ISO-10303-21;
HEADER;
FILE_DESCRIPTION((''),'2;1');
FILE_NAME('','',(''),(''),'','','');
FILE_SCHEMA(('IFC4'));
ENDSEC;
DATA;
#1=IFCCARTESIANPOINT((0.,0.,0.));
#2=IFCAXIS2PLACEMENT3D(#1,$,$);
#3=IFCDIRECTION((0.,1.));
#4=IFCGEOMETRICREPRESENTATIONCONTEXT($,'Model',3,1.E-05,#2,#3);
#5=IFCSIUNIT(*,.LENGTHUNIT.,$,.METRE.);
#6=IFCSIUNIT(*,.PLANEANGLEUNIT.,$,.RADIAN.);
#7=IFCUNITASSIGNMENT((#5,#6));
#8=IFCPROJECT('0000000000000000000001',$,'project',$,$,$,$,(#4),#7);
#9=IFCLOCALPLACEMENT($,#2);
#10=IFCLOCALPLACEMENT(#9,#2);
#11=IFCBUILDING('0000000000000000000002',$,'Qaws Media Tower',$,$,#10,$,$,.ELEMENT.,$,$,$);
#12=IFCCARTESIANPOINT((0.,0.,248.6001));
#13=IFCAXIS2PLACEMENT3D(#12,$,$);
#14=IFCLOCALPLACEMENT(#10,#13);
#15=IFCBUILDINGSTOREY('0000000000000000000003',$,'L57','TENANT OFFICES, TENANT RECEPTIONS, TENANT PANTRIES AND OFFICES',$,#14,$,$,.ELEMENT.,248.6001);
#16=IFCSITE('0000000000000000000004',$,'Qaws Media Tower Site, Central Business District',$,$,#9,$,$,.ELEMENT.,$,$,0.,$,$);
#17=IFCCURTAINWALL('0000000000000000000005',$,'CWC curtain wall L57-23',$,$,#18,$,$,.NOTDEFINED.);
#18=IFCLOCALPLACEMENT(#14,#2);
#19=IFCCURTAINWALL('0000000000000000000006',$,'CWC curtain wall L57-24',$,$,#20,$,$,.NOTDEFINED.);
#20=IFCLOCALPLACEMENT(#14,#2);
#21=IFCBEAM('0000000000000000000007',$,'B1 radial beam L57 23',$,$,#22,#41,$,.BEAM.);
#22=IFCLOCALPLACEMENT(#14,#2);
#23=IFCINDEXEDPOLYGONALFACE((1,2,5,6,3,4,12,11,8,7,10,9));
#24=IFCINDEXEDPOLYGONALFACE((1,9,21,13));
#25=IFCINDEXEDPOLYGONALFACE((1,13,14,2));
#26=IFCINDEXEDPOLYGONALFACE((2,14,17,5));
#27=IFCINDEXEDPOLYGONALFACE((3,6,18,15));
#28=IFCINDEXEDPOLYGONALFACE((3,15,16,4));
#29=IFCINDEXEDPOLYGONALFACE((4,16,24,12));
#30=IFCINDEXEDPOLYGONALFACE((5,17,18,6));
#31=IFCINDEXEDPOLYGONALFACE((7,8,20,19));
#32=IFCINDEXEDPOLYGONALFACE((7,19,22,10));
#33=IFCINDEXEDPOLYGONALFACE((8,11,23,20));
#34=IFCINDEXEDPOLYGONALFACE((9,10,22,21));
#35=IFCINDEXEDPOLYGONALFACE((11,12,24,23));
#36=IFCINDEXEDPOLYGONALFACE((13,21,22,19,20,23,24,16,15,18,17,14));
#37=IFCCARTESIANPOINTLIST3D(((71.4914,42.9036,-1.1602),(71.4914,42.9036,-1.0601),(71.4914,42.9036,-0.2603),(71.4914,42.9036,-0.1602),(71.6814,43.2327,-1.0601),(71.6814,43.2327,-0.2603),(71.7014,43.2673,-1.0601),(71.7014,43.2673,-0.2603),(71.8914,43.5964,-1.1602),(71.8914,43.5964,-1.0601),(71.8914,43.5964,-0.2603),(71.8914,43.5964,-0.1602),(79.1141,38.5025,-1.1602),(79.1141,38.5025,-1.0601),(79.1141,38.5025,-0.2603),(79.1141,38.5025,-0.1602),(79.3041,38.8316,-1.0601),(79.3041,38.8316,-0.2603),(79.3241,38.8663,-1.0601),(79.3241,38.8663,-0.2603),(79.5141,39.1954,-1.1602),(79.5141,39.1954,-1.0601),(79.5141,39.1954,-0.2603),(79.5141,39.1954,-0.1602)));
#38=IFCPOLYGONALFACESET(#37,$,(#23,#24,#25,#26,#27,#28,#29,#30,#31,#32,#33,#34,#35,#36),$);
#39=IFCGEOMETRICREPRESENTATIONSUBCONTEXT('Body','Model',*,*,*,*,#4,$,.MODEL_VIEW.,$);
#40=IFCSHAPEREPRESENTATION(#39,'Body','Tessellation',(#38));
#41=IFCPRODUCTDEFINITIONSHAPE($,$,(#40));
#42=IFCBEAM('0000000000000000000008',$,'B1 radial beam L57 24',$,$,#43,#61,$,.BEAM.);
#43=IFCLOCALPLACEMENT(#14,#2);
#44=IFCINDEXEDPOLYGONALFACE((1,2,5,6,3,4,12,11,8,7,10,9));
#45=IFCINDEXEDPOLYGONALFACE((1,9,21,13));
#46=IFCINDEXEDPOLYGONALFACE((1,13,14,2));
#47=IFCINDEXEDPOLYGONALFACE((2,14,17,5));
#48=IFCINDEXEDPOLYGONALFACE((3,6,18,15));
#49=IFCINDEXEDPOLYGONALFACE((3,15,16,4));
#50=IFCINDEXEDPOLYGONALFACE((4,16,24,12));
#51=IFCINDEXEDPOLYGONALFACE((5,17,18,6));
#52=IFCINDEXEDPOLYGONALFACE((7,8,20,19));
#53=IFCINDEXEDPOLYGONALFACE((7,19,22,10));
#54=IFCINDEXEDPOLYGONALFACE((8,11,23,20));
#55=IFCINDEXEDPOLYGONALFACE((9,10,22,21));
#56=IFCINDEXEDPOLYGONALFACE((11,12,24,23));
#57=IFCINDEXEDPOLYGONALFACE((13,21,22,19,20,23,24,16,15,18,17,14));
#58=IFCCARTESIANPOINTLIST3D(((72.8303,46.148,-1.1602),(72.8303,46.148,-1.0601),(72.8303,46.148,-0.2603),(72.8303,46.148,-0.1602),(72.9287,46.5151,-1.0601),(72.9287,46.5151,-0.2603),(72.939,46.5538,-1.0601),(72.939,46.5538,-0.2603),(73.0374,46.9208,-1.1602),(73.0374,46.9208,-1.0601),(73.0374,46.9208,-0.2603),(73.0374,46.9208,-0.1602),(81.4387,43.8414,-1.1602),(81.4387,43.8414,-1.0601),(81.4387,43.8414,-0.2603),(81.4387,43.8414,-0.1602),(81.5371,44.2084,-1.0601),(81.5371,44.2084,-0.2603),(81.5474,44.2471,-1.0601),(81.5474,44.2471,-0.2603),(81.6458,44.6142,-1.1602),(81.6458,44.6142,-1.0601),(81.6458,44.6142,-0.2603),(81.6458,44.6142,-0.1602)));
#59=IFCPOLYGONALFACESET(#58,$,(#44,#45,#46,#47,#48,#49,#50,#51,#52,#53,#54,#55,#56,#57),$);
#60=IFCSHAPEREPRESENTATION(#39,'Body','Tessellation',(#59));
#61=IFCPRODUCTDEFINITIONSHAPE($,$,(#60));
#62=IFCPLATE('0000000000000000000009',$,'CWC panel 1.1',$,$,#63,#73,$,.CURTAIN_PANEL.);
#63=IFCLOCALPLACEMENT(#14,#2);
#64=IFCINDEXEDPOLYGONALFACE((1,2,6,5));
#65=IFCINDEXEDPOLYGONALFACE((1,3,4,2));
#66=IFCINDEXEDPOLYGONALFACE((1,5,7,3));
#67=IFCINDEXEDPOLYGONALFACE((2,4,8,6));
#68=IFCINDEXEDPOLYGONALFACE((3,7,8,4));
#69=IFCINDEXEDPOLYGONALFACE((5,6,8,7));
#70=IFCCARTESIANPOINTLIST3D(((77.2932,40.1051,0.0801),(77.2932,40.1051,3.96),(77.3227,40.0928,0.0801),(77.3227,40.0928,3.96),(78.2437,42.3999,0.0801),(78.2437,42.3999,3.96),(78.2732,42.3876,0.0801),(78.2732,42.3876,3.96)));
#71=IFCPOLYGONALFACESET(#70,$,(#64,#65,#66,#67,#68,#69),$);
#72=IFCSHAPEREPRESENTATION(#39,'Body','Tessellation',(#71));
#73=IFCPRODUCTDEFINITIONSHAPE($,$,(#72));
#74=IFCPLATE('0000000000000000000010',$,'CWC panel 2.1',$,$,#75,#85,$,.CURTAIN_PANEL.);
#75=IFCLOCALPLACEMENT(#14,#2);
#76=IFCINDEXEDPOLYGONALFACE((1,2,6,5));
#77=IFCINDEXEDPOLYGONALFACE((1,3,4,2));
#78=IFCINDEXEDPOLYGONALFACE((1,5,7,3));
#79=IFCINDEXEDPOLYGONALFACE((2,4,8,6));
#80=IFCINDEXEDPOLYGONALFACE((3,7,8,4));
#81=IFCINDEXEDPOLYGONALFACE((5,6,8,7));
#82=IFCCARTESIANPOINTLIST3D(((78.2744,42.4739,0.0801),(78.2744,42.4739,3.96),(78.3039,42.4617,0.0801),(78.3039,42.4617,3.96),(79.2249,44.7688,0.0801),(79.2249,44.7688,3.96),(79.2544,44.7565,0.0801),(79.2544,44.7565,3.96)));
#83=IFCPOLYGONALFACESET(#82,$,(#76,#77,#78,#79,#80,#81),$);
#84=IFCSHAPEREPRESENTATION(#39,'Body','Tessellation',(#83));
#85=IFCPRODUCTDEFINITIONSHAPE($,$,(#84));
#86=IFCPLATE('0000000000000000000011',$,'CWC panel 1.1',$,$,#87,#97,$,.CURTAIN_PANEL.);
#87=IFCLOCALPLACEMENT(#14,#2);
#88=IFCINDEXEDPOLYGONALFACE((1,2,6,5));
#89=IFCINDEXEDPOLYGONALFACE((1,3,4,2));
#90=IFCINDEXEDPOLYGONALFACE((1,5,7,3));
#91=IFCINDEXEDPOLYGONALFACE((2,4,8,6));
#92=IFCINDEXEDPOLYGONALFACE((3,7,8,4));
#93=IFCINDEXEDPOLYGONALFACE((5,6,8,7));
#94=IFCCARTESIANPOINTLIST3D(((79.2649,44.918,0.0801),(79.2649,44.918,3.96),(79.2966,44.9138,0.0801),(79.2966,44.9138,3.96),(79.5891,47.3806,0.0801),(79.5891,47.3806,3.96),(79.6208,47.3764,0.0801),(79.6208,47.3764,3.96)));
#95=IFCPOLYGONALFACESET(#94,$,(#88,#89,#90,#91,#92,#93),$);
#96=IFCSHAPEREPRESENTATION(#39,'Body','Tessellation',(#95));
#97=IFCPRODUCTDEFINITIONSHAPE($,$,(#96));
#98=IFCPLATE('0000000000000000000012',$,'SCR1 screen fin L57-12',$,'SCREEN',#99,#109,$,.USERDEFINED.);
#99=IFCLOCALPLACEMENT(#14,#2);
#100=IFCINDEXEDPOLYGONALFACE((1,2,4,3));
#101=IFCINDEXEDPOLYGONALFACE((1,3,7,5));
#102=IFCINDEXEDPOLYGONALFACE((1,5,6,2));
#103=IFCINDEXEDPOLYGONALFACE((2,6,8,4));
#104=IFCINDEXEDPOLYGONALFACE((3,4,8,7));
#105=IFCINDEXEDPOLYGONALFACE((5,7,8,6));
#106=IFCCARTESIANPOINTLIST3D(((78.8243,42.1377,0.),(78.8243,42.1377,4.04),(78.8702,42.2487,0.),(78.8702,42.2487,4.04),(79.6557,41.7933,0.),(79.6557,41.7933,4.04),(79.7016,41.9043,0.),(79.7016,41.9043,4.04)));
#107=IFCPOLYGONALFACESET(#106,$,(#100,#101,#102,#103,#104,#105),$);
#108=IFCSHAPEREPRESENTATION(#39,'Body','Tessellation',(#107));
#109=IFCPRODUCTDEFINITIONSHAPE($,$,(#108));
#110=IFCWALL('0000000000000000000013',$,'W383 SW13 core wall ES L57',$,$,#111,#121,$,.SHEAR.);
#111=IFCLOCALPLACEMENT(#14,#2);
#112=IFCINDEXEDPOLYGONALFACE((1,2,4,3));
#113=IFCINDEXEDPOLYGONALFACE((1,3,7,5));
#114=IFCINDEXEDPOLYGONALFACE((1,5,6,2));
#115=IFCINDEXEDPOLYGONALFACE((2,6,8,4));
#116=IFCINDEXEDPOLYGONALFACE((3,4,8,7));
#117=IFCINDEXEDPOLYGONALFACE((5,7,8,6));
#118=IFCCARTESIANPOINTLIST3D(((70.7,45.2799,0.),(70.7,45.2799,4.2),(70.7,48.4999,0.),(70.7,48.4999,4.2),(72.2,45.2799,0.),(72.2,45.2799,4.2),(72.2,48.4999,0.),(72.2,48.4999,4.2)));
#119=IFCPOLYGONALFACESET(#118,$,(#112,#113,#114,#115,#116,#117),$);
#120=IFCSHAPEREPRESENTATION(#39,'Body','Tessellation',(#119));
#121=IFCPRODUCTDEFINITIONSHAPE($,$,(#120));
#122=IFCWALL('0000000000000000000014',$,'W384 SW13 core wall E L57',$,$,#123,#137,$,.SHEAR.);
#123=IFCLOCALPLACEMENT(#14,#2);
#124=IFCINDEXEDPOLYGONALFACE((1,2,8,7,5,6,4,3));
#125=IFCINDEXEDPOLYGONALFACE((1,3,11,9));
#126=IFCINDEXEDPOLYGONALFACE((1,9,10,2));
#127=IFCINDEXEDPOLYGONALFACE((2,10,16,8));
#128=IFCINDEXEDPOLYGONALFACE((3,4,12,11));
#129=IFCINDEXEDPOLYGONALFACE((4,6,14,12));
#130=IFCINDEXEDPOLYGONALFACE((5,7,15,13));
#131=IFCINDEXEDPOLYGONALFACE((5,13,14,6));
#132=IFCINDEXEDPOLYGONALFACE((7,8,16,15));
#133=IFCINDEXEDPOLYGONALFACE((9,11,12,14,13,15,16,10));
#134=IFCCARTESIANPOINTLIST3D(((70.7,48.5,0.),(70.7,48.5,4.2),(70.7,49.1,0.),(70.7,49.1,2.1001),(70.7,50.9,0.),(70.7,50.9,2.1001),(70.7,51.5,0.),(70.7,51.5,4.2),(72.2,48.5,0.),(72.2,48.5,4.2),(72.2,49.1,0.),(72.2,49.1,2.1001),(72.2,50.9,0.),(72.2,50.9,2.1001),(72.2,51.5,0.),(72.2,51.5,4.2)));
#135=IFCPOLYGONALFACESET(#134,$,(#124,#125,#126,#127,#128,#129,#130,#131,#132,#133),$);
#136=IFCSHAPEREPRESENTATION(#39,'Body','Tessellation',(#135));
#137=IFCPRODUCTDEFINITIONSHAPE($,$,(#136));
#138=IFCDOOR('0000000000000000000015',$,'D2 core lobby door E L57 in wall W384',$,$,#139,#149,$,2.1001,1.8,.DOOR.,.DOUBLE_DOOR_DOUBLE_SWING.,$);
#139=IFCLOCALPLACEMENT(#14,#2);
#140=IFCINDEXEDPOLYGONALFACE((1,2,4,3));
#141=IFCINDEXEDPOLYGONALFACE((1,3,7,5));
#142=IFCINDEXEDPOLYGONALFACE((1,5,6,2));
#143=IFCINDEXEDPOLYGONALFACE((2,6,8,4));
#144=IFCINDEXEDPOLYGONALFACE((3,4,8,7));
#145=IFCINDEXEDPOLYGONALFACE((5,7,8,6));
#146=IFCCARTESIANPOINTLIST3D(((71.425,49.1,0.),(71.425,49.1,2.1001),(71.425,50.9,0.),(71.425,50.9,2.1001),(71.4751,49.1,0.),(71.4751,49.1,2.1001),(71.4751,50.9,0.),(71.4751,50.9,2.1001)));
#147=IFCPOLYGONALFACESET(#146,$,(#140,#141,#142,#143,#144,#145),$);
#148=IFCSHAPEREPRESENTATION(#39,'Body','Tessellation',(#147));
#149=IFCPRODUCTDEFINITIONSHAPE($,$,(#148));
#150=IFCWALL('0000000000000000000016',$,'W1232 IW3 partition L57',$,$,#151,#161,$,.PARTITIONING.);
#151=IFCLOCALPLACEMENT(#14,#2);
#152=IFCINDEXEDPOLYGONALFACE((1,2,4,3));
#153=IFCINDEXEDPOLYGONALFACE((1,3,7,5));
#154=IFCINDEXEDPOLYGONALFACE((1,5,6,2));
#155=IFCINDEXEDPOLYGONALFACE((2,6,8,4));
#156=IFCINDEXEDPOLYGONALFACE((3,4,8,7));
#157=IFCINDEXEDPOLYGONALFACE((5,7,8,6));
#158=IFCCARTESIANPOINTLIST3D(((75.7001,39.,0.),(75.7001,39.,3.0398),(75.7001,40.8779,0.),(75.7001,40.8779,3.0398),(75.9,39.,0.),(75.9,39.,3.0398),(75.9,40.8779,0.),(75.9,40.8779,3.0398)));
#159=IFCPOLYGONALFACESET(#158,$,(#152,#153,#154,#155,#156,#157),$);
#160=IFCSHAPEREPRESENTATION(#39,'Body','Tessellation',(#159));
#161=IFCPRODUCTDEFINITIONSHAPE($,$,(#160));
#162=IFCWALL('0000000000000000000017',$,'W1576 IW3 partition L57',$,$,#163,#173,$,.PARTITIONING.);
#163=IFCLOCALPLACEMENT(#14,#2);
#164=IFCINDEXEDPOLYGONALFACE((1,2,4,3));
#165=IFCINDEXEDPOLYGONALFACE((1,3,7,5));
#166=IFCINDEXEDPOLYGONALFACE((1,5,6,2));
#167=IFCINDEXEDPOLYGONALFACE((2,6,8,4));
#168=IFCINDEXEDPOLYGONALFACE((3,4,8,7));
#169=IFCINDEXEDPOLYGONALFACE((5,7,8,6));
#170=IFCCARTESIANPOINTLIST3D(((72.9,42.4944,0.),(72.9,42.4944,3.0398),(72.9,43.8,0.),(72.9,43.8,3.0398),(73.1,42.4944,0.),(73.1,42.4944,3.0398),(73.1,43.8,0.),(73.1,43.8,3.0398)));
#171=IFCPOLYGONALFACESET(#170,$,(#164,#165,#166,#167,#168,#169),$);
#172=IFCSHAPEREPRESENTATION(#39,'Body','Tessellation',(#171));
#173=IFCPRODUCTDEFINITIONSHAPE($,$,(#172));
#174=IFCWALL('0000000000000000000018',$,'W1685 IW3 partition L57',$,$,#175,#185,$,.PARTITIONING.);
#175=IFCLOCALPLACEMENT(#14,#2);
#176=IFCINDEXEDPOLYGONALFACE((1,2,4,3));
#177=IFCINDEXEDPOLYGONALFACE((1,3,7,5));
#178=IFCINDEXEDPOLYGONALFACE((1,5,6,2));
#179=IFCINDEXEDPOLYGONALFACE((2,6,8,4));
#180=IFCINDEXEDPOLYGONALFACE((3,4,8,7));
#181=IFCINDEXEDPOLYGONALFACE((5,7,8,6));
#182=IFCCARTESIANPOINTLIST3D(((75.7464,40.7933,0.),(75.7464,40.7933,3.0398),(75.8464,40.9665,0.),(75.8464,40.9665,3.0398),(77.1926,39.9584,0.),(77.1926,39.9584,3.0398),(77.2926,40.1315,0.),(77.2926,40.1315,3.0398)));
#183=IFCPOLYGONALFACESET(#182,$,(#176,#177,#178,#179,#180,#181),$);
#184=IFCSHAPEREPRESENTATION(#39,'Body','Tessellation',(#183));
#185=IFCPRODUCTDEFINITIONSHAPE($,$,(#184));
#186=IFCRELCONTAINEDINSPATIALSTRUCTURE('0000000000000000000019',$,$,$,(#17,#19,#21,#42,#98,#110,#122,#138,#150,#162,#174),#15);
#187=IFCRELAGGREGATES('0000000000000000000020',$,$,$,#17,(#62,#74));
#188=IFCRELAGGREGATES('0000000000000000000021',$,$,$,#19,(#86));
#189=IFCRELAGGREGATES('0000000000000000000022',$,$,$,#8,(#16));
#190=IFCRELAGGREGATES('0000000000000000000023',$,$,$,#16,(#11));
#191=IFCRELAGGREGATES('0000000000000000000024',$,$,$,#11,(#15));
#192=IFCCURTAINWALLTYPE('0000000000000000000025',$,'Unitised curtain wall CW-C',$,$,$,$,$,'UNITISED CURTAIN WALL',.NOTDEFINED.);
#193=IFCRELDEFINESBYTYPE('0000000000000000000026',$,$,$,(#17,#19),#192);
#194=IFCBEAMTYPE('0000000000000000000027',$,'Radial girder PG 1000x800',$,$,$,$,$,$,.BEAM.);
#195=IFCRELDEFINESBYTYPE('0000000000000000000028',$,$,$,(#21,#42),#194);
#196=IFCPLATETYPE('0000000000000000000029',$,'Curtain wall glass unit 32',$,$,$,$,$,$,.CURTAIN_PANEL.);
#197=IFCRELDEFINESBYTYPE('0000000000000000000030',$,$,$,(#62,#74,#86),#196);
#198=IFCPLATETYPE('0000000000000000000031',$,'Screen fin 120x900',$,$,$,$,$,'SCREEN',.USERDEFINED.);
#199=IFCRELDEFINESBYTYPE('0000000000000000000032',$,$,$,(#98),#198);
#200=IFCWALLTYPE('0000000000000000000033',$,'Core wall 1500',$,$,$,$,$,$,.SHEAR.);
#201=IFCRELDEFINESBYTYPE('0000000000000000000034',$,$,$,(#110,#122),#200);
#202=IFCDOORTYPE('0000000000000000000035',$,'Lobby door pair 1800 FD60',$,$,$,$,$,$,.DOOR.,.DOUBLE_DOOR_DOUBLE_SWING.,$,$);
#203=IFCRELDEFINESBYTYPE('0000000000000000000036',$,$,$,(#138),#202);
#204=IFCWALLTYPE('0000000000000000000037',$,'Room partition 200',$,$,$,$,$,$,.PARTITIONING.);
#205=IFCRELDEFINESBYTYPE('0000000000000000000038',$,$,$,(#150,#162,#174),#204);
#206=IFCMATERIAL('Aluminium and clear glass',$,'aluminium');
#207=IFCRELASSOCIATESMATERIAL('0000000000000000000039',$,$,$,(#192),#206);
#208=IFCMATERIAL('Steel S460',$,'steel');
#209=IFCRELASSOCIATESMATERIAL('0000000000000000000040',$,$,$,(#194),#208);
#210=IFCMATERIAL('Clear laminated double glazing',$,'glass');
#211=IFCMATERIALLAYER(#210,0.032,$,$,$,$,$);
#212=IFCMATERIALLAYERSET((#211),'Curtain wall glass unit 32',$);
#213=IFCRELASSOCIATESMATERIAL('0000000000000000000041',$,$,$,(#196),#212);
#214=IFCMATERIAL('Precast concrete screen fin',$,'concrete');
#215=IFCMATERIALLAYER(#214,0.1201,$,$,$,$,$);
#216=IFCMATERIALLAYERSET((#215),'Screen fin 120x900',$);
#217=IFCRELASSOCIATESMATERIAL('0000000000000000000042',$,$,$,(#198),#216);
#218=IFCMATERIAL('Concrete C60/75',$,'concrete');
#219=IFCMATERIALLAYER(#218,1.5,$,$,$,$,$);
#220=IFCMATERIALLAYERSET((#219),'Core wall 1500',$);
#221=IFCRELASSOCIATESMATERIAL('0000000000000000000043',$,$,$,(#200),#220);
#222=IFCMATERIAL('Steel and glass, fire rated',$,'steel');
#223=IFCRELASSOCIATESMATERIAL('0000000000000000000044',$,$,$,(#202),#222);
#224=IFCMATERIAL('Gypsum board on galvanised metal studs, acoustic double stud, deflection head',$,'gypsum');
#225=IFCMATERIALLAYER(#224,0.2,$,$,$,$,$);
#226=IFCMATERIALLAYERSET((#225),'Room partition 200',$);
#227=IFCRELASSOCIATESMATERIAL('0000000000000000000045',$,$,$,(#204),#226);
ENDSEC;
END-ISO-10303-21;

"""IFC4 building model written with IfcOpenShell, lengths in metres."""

from ifc_helpers import new_model, si_unit, direction, frame, frame_2d, origin, origin_2d, place, context, subcontext, project, spatial, rectangle, i_section, extrude, material, layer, layer_set, material_profile, profile_set, type_object, element, fill, aggregate, save


model = new_model("IFC4")

# Units and contexts
model_context = context("Model", 3, precision=1e-05, world=origin(), true_north=direction((0.0, 1.0)))
body_context = subcontext(model_context, "Body", "Model", "MODEL_VIEW")
ifc_project = project(units=[si_unit("LENGTHUNIT", "METRE"), si_unit("PLANEANGLEUNIT", "RADIAN")], contexts=[model_context])

# Site, building, storey
site_placement = place(None, origin())
site = spatial("IfcSite", under=ifc_project, at=site_placement, Name="Qaws Media Tower Site, Central Business District", CompositionType="ELEMENT", RefElevation=0.0)
building_placement = place(site_placement, origin())
building = spatial("IfcBuilding", under=site, at=building_placement, Name="Qaws Media Tower", CompositionType="ELEMENT")
storey_placement = place(building_placement, frame((0.0, 0.0, 248.6001)))
storey = spatial("IfcBuildingStorey", under=building, at=storey_placement, Name="L57", Description="TENANT OFFICES, TENANT RECEPTIONS, TENANT PANTRIES AND OFFICES", CompositionType="ELEMENT", Elevation=248.6001)

# Curtain walls
ifc_material_1 = material(Name="Aluminium and clear glass", Category="aluminium")
curtain_wall_type = type_object("IfcCurtainWallType", Name="Unitised curtain wall CW-C", ElementType="UNITISED CURTAIN WALL", PredefinedType="NOTDEFINED", material=ifc_material_1)
curtain_wall_1_placement = place(storey_placement, origin())
curtain_wall_1 = element("IfcCurtainWall", 1, at=curtain_wall_1_placement, inside=storey, type_object=curtain_wall_type, Name="CWC curtain wall L57-23", PredefinedType="NOTDEFINED")
curtain_wall_2_placement = place(storey_placement, origin())
curtain_wall_2 = element("IfcCurtainWall", 2, at=curtain_wall_2_placement, inside=storey, type_object=curtain_wall_type, Name="CWC curtain wall L57-24", PredefinedType="NOTDEFINED")

# Beams
ifc_material_2 = material(Name="Steel S460", Category="steel")
ifc_material_profile_1 = material_profile(ifc_material_2, i_section(OverallWidth=0.8, OverallDepth=1.0, WebThickness=0.04, FlangeThickness=0.1001, at=origin_2d()), Name="PG 1000x800")
ifc_profile_set_1 = profile_set([ifc_material_profile_1], Name="Steel S460")
beam_type_1 = type_object("IfcBeamType", Name="Radial girder PG 1000x800", PredefinedType="BEAM", material=ifc_profile_set_1)
beam_1_placement = place(storey_placement, frame((71.6914, 43.25, -0.6602), z_axis=(0.866021, -0.500008, 0.0), x_axis=(0.500008, 0.866021, 0.0)))
element("IfcBeam", 3, at=beam_1_placement, inside=storey, type_object=beam_type_1, Name="B1 radial beam L57 23", PredefinedType="BEAM", context=body_context, shape_type="SweptSolid", body=[
    extrude(i_section(OverallWidth=0.8, OverallDepth=1.0, WebThickness=0.04, FlangeThickness=0.1001, at=origin_2d()), origin(), (0.0, 0.0, 1.0), 8.802),
])
beam_2_placement = place(storey_placement, frame((72.9338, 46.5344, -0.6602), z_axis=(0.965925, -0.258822, 0.0), x_axis=(0.258822, 0.965925, 0.0)))
element("IfcBeam", 4, at=beam_2_placement, inside=storey, type_object=beam_type_1, Name="B1 radial beam L57 24", PredefinedType="BEAM", context=body_context, shape_type="SweptSolid", body=[
    extrude(i_section(OverallWidth=0.8, OverallDepth=1.0, WebThickness=0.04, FlangeThickness=0.1001, at=origin_2d()), origin(), (0.0, 0.0, 1.0), 8.9121),
])

# Plates
ifc_material_3 = material(Name="Clear laminated double glazing", Category="glass")
ifc_layer_1 = layer(ifc_material_3, 0.032)
ifc_layer_set_1 = layer_set([ifc_layer_1], Name="Curtain wall glass unit 32")
plate_type_1 = type_object("IfcPlateType", Name="Curtain wall glass unit 32", PredefinedType="CURTAIN_PANEL", material=ifc_layer_set_1)
plate_1_placement = place(storey_placement, frame((77.7832, 41.2463, 0.0801), z_axis=(0.0, 0.0, 1.0), x_axis=(0.382683, 0.92388, 0.0)))
plate_1 = element("IfcPlate", 5, at=plate_1_placement, type_object=plate_type_1, Name="CWC panel 1.1", PredefinedType="CURTAIN_PANEL", context=body_context, shape_type="SweptSolid", body=[
    extrude(rectangle(XDim=2.4839, YDim=0.032, at=origin_2d()), origin(), (0.0, 0.0, 1.0), 3.8799),
])
plate_2_placement = place(storey_placement, frame((78.7644, 43.6152, 0.0801), z_axis=(0.0, 0.0, 1.0), x_axis=(0.382683, 0.92388, 0.0)))
plate_2 = element("IfcPlate", 6, at=plate_2_placement, type_object=plate_type_1, Name="CWC panel 2.1", PredefinedType="CURTAIN_PANEL", context=body_context, shape_type="SweptSolid", body=[
    extrude(rectangle(XDim=2.4839, YDim=0.032, at=origin_2d()), origin(), (0.0, 0.0, 1.0), 3.8799),
])
aggregate(curtain_wall_1, [plate_1, plate_2])
plate_3_placement = place(storey_placement, frame((79.4429, 46.1472, 0.0801), z_axis=(0.0, 0.0, 1.0), x_axis=(0.130526, 0.991445, 0.0)))
plate_3 = element("IfcPlate", 7, at=plate_3_placement, type_object=plate_type_1, Name="CWC panel 1.1", PredefinedType="CURTAIN_PANEL", context=body_context, shape_type="SweptSolid", body=[
    extrude(rectangle(XDim=2.4839, YDim=0.032, at=origin_2d()), origin(), (0.0, 0.0, 1.0), 3.8799),
])
aggregate(curtain_wall_2, [plate_3])
ifc_material_4 = material(Name="Precast concrete screen fin", Category="concrete")
ifc_layer_2 = layer(ifc_material_4, 0.1201)
ifc_layer_set_2 = layer_set([ifc_layer_2], Name="Screen fin 120x900")
plate_type_2 = type_object("IfcPlateType", Name="Screen fin 120x900", ElementType="SCREEN", PredefinedType="USERDEFINED", material=ifc_layer_set_2)
plate_4_placement = place(storey_placement, frame((79.2629, 42.021, 0.0), z_axis=(0.0, 0.0, 1.0), x_axis=(0.92388, -0.382683, 0.0)))
element("IfcPlate", 8, at=plate_4_placement, inside=storey, type_object=plate_type_2, Name="SCR1 screen fin L57-12", ObjectType="SCREEN", PredefinedType="USERDEFINED", context=body_context, shape_type="SweptSolid", body=[
    extrude(rectangle(XDim=0.8999, YDim=0.1201, at=origin_2d()), origin(), (0.0, 0.0, 1.0), 4.04),
])

# Wall
ifc_material_5 = material(Name="Concrete C60/75", Category="concrete")
ifc_layer_3 = layer(ifc_material_5, 1.5)
ifc_layer_set_3 = layer_set([ifc_layer_3], Name="Core wall 1500")
wall_type_1 = type_object("IfcWallType", Name="Core wall 1500", PredefinedType="SHEAR", material=ifc_layer_set_3)
wall_1_placement = place(storey_placement, frame((71.45, 45.28, 0.0), z_axis=(0.0, 0.0, 1.0), x_axis=(0.0, 1.0, 0.0)))
element("IfcWall", 9, at=wall_1_placement, inside=storey, type_object=wall_type_1, Name="W383 SW13 core wall ES L57", PredefinedType="SHEAR", context=body_context, shape_type="SweptSolid", body=[
    extrude(rectangle(XDim=3.22, YDim=1.5, at=frame_2d((1.6099, 0.0))), origin(), (0.0, 0.0, 1.0), 4.2),
])

# Wall, opening, door
wall_2_placement = place(storey_placement, frame((71.45, 48.5, 0.0), z_axis=(0.0, 0.0, 1.0), x_axis=(0.0, 1.0, 0.0)))
wall_2 = element("IfcWall", 10, at=wall_2_placement, inside=storey, type_object=wall_type_1, Name="W384 SW13 core wall E L57", PredefinedType="SHEAR", context=body_context, shape_type="SweptSolid", body=[
    extrude(rectangle(XDim=3.0, YDim=1.5, at=frame_2d((1.5, 0.0))), origin(), (0.0, 0.0, 1.0), 4.2),
])
opening_1_placement = place(wall_2_placement, frame((0.6001, 0.0, 0.0)))
opening_1 = element("IfcOpeningElement", 11, at=opening_1_placement, cuts=wall_2, PredefinedType="OPENING", context=body_context, shape_type="SweptSolid", body=[
    extrude(rectangle(XDim=1.8, YDim=2.1001, at=frame_2d((0.8999, 1.05))), frame((0.0, 0.76, 0.0), z_axis=(0.0, -1.0, 0.0), x_axis=(1.0, 0.0, 0.0)), (0.0, 0.0, 1.0), 1.52),
])
ifc_material_6 = material(Name="Steel and glass, fire rated", Category="steel")
door_type_1 = type_object("IfcDoorType", Name="Lobby door pair 1800 FD60", OperationType="DOUBLE_DOOR_DOUBLE_SWING", PredefinedType="DOOR", material=ifc_material_6)
door_1_placement = place(opening_1_placement, origin())
door_1 = element("IfcDoor", 12, at=door_1_placement, inside=storey, type_object=door_type_1, Name="D2 core lobby door E L57 in wall W384", OperationType="DOUBLE_DOOR_DOUBLE_SWING", OverallHeight=2.1001, OverallWidth=1.8, PredefinedType="DOOR", context=body_context, shape_type="SweptSolid", body=[
    extrude(rectangle(XDim=1.8, YDim=2.1001, at=frame_2d((0.8999, 1.05))), frame((0.0, 0.0249, 0.0), z_axis=(0.0, -1.0, 0.0), x_axis=(1.0, 0.0, 0.0)), (0.0, 0.0, 1.0), 0.05),
])
fill(opening_1, door_1)
ifc_material_7 = material(Name="Gypsum board on galvanised metal studs, acoustic double stud, deflection head", Category="gypsum")
ifc_layer_4 = layer(ifc_material_7, 0.2)
ifc_layer_set_4 = layer_set([ifc_layer_4], Name="Room partition 200")
wall_type_2 = type_object("IfcWallType", Name="Room partition 200", PredefinedType="PARTITIONING", material=ifc_layer_set_4)

# Walls
wall_3_placement = place(storey_placement, frame((75.8, 40.8779, 0.0), z_axis=(0.0, 0.0, 1.0), x_axis=(0.0, -1.0, 0.0)))
element("IfcWall", 13, at=wall_3_placement, inside=storey, type_object=wall_type_2, Name="W1232 IW3 partition L57", PredefinedType="PARTITIONING", context=body_context, shape_type="SweptSolid", body=[
    extrude(rectangle(XDim=1.8779, YDim=0.2, at=frame_2d((0.939, 0.0))), origin(), (0.0, 0.0, 1.0), 3.0398),
])
wall_4_placement = place(storey_placement, frame((73.0, 42.4944, 0.0), z_axis=(0.0, 0.0, 1.0), x_axis=(0.0, 1.0, 0.0)))
element("IfcWall", 14, at=wall_4_placement, inside=storey, type_object=wall_type_2, Name="W1576 IW3 partition L57", PredefinedType="PARTITIONING", context=body_context, shape_type="SweptSolid", body=[
    extrude(rectangle(XDim=1.3057, YDim=0.2, at=frame_2d((0.6528, 0.0))), origin(), (0.0, 0.0, 1.0), 3.0398),
])
wall_5_placement = place(storey_placement, frame((75.7964, 40.8799, 0.0), z_axis=(0.0, 0.0, 1.0), x_axis=(0.86604, -0.499976, 0.0)))
element("IfcWall", 15, at=wall_5_placement, inside=storey, type_object=wall_type_2, Name="W1685 IW3 partition L57", PredefinedType="PARTITIONING", context=body_context, shape_type="SweptSolid", body=[
    extrude(rectangle(XDim=1.6699, YDim=0.2, at=frame_2d((0.835, 0.0))), origin(), (0.0, 0.0, 1.0), 3.0398),
])

save(model, "model.ifc")
